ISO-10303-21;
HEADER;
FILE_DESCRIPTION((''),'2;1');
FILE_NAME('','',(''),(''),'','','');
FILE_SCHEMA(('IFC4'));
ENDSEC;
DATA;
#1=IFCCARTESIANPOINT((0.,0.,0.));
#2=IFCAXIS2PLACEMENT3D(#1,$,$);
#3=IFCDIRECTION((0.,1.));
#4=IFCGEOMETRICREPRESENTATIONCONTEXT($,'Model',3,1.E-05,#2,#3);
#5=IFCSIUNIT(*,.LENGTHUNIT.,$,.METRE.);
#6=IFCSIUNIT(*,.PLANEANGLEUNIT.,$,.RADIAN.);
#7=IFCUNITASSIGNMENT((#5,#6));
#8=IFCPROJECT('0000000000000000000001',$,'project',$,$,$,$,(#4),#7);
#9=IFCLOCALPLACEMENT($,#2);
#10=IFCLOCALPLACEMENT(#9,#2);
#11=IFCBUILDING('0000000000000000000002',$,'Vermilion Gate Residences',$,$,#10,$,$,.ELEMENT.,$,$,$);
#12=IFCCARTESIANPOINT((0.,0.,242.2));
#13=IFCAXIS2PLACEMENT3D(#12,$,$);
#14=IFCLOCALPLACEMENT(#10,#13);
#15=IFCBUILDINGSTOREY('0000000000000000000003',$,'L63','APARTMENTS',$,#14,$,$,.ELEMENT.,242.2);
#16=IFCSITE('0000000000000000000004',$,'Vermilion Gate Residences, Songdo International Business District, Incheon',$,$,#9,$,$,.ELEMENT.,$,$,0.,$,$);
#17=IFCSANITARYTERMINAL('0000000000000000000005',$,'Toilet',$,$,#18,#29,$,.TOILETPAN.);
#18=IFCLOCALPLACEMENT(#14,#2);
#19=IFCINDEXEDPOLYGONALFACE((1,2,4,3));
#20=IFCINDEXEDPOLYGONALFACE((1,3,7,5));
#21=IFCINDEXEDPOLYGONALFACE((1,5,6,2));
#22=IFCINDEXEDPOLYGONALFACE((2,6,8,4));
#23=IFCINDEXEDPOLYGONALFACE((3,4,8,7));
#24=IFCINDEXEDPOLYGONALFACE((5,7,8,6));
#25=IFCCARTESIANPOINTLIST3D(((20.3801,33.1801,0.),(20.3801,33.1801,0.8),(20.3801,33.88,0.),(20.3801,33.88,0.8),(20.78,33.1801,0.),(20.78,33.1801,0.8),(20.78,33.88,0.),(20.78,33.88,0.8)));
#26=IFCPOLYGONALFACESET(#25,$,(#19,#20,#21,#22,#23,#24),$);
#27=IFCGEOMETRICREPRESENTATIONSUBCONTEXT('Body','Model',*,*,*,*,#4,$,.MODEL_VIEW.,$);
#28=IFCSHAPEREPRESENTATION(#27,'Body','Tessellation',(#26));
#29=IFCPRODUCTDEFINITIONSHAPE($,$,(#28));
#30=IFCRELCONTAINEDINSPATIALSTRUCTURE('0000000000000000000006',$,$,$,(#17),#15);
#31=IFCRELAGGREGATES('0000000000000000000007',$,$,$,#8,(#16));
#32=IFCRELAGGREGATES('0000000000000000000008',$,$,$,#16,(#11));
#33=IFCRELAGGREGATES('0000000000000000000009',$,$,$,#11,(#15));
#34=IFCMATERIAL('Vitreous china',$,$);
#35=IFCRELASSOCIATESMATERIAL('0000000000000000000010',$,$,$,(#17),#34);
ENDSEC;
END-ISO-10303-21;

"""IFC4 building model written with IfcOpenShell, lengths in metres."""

from ifc_helpers import new_model, si_unit, direction, frame, origin, origin_2d, place, context, subcontext, project, spatial, rectangle, extrude, material, element, save


model = new_model("IFC4")

# Units and contexts
model_context = context("Model", 3, precision=1e-05, world=origin(), true_north=direction((0.0, 1.0)))
body_context = subcontext(model_context, "Body", "Model", "MODEL_VIEW")
ifc_project = project(units=[si_unit("LENGTHUNIT", "METRE"), si_unit("PLANEANGLEUNIT", "RADIAN")], contexts=[model_context])

# Site, building, storey
site_placement = place(None, origin())
site = spatial("IfcSite", under=ifc_project, at=site_placement, Name="Vermilion Gate Residences, Songdo International Business District, Incheon", CompositionType="ELEMENT", RefElevation=0.0)
building_placement = place(site_placement, origin())
building = spatial("IfcBuilding", under=site, at=building_placement, Name="Vermilion Gate Residences", CompositionType="ELEMENT")
storey_placement = place(building_placement, frame((0.0, 0.0, 242.2)))
storey = spatial("IfcBuildingStorey", under=building, at=storey_placement, Name="L63", Description="APARTMENTS", CompositionType="ELEMENT", Elevation=242.2)

# Sanitary terminal
ifc_material_1 = material(Name="Vitreous china")
sanitary_terminal_1_placement = place(storey_placement, frame((20.5801, 33.53, 0.0), z_axis=(0.0, 0.0, 1.0), x_axis=(1.0, 0.0, 0.0)))
element("IfcSanitaryTerminal", 1, at=sanitary_terminal_1_placement, inside=storey, material=ifc_material_1, Name="Toilet", PredefinedType="TOILETPAN", context=body_context, shape_type="SweptSolid", body=[
    extrude(rectangle(XDim=0.3999, YDim=0.7, at=origin_2d()), origin(), (0.0, 0.0, 1.0), 0.8),
])

save(model, "model.ifc")
